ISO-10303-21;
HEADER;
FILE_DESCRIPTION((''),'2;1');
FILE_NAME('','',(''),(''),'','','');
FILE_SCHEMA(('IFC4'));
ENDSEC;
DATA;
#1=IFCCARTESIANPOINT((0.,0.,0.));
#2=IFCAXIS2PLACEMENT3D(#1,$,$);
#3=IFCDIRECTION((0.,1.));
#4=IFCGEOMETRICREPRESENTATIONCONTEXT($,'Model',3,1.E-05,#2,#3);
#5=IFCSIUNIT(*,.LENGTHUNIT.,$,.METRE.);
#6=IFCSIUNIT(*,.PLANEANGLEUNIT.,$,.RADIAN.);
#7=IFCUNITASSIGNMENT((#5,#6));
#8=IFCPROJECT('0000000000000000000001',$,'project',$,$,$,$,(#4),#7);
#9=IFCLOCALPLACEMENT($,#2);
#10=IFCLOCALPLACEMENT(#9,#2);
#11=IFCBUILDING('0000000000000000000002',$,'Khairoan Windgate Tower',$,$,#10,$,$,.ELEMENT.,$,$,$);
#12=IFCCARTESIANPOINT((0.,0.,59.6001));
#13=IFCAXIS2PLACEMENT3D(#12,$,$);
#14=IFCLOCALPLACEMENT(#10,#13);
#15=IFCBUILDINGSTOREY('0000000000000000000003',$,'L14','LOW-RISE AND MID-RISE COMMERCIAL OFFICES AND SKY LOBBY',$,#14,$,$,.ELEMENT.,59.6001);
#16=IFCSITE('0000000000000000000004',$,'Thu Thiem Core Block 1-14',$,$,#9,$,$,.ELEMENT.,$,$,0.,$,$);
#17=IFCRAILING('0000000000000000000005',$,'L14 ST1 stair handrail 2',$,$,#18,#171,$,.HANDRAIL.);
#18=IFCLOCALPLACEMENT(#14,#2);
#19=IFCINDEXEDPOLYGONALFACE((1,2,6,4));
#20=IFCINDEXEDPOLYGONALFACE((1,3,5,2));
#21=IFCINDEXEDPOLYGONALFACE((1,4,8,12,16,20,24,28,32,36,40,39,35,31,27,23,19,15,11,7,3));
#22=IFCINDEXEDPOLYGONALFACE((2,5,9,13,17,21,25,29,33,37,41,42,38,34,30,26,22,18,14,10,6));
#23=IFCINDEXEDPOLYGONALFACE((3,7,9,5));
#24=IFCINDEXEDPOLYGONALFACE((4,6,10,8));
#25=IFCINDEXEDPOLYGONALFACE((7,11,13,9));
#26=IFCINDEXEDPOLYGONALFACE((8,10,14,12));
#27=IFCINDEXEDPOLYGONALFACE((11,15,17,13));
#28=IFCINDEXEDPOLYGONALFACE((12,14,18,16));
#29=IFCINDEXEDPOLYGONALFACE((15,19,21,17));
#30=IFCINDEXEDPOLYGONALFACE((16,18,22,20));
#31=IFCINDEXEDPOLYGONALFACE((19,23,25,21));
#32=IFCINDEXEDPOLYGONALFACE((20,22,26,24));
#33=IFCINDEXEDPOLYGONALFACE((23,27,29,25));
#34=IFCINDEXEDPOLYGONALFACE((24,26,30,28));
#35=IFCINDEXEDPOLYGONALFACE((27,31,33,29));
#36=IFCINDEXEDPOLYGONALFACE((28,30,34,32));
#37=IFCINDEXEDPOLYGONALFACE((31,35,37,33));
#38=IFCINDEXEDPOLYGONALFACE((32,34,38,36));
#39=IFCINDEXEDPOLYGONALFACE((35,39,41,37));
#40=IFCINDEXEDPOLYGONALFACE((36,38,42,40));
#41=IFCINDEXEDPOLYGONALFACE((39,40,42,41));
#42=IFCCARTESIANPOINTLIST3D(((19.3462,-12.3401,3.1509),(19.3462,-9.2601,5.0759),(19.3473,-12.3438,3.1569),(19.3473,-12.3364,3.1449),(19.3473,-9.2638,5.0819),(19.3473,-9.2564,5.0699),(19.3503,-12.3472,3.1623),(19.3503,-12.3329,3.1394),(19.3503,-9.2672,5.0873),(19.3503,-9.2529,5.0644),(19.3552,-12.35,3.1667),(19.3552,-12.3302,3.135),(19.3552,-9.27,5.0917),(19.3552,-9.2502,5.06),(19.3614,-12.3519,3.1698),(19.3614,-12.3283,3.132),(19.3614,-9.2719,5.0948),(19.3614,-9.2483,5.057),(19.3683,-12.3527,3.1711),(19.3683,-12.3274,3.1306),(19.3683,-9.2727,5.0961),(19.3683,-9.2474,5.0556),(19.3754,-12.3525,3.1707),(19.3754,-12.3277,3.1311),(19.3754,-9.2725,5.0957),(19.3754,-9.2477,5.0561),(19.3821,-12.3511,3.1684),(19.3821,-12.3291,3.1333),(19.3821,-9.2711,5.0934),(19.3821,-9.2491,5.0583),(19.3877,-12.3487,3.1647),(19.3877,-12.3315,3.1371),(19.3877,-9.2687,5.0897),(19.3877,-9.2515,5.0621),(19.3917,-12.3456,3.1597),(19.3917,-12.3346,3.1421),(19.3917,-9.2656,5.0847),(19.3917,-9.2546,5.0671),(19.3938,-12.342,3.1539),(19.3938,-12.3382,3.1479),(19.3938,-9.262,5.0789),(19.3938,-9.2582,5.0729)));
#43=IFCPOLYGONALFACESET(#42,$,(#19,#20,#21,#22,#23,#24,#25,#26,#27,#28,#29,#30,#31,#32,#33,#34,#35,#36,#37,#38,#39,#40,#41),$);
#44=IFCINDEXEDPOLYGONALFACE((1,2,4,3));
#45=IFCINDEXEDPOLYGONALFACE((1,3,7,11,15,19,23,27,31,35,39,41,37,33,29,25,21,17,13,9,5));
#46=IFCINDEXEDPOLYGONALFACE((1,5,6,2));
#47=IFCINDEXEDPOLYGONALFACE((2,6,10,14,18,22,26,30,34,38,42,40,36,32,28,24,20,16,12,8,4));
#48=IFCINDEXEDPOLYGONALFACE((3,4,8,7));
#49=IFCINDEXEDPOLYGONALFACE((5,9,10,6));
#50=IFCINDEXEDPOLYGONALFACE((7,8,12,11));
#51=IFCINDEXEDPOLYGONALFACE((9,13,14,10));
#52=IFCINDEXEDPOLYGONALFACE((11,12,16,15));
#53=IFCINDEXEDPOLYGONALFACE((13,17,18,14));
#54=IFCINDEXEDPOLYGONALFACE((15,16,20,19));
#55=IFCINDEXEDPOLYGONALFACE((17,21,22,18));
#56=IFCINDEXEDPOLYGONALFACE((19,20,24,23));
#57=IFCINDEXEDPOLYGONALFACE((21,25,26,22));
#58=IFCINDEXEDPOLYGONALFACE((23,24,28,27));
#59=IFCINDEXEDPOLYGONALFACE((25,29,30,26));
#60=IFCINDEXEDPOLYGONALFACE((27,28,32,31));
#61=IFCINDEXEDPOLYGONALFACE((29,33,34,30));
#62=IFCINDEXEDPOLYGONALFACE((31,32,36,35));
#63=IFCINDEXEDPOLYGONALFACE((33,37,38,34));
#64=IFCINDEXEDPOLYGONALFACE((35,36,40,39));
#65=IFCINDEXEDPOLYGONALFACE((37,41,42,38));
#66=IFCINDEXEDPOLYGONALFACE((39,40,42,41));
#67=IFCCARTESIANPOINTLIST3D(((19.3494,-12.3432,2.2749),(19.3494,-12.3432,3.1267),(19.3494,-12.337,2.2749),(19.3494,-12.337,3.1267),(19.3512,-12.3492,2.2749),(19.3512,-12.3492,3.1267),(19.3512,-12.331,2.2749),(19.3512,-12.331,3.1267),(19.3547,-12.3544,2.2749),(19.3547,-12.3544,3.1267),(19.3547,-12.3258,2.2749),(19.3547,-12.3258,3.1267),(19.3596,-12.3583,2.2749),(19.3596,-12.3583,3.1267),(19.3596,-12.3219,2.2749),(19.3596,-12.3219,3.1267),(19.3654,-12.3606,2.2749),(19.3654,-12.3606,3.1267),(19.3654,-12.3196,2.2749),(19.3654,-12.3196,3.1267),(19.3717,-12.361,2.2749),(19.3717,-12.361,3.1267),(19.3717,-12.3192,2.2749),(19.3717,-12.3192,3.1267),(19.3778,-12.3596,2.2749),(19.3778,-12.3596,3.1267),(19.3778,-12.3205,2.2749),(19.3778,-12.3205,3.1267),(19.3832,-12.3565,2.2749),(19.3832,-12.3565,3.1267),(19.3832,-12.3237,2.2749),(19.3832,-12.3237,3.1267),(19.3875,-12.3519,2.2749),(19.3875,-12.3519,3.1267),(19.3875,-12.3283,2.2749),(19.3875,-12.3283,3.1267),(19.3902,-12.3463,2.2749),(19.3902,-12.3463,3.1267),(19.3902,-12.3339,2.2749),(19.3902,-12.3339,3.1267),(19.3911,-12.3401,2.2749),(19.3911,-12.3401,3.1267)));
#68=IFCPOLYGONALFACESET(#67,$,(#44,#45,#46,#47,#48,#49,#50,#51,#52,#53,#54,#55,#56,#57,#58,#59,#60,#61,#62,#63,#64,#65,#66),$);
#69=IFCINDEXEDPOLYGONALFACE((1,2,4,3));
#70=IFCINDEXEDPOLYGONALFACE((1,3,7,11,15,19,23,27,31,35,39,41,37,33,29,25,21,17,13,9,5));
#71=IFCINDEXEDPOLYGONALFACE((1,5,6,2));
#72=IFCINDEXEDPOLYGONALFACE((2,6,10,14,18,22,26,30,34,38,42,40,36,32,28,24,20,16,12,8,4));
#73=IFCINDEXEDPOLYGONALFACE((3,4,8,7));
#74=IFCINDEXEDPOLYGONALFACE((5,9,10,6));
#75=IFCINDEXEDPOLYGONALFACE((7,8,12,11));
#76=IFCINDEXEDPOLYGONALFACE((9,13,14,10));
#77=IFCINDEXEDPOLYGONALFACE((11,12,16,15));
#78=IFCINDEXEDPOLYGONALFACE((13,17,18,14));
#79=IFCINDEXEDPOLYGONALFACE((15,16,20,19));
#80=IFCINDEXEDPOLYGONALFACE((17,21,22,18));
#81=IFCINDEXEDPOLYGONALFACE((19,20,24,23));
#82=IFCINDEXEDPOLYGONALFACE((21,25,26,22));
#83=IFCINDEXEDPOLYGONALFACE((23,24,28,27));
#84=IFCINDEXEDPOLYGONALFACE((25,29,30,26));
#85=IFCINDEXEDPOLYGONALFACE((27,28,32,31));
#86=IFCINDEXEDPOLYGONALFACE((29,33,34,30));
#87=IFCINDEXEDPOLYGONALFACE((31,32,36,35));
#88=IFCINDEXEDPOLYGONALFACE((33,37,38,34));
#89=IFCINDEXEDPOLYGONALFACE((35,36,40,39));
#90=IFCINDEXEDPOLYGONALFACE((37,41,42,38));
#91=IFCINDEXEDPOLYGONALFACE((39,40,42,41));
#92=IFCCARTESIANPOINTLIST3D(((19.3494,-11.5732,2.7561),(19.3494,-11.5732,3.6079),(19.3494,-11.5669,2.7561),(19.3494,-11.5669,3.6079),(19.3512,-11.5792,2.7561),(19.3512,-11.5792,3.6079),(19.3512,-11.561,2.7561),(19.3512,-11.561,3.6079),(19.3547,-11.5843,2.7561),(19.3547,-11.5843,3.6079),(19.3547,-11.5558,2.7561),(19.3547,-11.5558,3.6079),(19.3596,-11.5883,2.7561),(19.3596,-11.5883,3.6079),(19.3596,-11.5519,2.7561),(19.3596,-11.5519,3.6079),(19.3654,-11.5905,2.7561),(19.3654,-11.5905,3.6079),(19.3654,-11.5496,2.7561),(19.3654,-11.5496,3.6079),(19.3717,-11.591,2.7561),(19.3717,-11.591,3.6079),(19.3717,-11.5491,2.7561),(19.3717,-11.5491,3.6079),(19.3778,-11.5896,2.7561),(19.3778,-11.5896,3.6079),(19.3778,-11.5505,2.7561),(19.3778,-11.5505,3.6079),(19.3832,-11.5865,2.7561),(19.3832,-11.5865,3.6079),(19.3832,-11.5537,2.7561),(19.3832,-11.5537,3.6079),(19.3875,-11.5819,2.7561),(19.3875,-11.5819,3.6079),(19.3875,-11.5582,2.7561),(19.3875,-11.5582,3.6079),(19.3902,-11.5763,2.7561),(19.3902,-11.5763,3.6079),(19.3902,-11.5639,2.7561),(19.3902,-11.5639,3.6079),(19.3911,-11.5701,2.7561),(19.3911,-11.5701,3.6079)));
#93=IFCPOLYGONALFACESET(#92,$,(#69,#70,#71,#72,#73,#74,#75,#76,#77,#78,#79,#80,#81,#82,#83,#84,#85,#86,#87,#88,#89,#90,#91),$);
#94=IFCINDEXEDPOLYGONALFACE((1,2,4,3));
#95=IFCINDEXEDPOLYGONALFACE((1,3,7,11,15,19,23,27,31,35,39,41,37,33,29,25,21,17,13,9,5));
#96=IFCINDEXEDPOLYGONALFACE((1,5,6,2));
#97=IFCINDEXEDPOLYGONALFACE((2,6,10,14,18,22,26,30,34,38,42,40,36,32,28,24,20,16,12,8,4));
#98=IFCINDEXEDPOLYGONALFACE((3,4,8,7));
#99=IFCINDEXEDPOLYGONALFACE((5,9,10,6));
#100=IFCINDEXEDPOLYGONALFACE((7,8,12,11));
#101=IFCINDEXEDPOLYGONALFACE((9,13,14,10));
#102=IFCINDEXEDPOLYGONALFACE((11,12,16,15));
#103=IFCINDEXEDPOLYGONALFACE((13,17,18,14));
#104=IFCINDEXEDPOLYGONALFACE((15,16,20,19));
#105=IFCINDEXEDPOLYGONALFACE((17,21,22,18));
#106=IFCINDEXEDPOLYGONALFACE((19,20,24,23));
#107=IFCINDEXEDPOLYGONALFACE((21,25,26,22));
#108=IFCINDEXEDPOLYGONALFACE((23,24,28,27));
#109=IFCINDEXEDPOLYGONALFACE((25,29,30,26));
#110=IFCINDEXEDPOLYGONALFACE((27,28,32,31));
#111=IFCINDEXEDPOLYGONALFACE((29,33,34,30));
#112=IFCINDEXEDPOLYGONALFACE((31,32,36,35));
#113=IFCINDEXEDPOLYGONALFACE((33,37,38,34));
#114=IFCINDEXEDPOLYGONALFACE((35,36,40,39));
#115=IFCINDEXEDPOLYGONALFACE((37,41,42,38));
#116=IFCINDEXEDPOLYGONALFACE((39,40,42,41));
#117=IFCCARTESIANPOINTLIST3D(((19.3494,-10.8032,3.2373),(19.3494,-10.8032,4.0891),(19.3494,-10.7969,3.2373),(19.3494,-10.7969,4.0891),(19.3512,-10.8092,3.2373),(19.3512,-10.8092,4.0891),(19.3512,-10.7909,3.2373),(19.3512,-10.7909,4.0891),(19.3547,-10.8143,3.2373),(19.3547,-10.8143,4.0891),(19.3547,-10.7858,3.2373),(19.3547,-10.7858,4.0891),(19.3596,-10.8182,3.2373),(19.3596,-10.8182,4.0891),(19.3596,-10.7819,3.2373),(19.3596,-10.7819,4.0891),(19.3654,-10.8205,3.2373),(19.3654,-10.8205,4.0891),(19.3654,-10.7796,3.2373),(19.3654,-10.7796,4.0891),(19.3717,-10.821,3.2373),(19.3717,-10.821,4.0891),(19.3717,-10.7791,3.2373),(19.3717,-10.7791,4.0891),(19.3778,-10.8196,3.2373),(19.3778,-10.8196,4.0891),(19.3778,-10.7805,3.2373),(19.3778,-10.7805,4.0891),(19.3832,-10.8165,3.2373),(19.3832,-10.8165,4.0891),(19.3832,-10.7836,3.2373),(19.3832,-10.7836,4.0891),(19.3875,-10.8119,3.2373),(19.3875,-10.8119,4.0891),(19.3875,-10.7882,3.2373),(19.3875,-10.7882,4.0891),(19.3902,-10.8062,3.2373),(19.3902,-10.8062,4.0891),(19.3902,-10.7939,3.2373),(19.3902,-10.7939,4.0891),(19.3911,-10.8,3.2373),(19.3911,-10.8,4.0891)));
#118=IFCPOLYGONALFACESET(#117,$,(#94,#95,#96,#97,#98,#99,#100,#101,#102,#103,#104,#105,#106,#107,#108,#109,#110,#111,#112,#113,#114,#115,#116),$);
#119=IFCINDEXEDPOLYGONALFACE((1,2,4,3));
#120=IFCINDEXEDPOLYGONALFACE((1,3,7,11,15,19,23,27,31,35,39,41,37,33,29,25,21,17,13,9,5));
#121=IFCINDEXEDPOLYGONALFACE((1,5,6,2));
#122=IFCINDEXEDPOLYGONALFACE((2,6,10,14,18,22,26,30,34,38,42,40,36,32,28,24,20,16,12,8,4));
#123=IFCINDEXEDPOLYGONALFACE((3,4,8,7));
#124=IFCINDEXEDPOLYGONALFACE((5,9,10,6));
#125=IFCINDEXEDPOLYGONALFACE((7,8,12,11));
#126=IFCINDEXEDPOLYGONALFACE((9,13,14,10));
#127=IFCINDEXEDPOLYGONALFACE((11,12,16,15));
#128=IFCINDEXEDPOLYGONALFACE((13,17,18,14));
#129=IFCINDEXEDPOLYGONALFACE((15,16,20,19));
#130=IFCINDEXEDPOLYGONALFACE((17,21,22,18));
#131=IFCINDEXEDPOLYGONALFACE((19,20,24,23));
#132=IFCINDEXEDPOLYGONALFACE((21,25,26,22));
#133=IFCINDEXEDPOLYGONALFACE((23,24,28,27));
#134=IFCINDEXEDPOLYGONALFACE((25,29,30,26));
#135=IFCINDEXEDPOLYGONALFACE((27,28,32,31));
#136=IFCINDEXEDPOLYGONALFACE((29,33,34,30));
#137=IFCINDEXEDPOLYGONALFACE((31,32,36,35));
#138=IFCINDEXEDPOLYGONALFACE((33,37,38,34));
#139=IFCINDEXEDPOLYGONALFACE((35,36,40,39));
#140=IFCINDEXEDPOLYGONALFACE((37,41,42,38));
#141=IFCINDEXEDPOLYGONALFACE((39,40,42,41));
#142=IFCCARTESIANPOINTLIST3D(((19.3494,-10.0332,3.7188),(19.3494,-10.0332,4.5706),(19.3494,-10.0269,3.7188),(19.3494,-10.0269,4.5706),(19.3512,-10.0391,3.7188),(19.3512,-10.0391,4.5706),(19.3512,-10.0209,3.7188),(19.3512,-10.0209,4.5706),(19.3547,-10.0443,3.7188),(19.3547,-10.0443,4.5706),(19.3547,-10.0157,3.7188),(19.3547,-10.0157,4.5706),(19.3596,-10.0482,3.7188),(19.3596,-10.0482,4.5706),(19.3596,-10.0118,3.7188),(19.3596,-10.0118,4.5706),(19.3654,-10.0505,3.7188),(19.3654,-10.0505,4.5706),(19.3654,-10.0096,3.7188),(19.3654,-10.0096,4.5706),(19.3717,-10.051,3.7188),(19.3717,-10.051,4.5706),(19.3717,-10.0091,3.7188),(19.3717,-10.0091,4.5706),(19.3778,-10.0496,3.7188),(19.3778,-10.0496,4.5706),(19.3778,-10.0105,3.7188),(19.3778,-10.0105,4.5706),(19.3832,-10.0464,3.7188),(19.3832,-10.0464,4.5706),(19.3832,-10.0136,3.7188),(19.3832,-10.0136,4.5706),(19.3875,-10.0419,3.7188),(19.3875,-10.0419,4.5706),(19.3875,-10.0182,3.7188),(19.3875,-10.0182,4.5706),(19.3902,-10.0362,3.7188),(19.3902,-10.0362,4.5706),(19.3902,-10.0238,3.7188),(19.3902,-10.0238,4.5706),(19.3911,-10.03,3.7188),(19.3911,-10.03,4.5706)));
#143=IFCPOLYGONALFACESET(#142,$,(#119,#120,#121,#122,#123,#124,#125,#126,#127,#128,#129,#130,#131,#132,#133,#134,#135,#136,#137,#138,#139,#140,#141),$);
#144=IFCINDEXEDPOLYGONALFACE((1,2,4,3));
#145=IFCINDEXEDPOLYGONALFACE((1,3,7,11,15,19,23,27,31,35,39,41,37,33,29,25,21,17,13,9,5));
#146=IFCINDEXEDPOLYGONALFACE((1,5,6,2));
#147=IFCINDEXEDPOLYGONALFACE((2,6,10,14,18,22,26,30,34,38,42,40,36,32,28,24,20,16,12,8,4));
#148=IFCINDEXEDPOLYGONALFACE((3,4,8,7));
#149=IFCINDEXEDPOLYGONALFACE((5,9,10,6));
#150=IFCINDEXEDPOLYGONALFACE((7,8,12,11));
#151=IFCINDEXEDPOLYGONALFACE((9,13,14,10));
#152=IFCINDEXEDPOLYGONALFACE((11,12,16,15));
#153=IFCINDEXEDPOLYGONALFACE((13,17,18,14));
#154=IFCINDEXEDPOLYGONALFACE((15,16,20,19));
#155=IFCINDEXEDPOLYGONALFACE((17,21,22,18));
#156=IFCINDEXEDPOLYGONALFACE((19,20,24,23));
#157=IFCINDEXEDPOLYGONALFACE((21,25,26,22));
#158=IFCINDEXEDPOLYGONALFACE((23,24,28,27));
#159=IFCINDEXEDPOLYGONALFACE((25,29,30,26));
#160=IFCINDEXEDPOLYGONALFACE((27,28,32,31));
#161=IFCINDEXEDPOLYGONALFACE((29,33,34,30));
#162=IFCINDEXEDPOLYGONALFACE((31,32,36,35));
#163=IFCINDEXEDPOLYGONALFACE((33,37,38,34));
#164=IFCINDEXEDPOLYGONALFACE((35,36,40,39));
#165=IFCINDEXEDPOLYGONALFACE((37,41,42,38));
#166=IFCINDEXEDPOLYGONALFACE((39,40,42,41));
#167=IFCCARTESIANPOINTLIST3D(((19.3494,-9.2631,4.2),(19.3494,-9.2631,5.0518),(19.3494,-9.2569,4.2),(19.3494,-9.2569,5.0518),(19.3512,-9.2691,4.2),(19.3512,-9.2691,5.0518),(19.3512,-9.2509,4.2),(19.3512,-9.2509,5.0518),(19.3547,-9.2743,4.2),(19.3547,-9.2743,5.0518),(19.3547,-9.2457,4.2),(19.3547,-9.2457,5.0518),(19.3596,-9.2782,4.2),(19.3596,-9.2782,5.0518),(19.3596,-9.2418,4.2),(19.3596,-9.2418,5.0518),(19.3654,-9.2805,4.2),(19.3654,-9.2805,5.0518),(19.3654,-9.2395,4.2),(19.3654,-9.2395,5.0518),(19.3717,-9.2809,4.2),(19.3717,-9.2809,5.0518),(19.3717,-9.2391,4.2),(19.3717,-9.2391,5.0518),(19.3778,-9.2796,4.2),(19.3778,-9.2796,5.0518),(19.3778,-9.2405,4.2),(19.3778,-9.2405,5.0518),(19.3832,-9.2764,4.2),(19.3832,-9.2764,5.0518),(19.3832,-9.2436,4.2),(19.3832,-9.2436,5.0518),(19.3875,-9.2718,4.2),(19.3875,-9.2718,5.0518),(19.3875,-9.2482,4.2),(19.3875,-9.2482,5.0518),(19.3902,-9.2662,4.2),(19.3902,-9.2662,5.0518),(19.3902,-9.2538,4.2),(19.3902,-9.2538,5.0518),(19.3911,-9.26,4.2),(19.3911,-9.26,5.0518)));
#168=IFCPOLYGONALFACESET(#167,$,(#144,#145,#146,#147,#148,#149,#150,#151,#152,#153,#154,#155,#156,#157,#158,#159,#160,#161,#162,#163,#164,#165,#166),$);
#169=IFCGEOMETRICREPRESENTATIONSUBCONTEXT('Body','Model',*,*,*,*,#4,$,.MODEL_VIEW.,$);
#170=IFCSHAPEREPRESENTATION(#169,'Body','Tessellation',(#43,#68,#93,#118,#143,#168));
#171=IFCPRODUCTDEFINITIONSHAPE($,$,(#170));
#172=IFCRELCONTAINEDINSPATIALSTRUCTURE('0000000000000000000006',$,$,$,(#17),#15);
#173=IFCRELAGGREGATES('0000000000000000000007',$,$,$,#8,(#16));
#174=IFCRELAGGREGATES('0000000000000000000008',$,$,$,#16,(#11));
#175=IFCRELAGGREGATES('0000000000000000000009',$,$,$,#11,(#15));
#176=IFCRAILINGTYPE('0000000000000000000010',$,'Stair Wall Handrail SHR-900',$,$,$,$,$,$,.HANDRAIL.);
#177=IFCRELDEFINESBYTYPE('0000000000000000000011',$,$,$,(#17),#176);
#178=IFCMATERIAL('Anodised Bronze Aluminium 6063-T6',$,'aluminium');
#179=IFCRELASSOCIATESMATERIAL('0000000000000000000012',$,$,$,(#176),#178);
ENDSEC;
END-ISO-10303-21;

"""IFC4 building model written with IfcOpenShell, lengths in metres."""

from ifc_helpers import new_model, si_unit, direction, frame, origin, origin_2d, place, context, subcontext, project, spatial, circle, extrude, material, type_object, element, save


model = new_model("IFC4")

# Units and contexts
model_context = context("Model", 3, precision=1e-05, world=origin(), true_north=direction((0.0, 1.0)))
body_context = subcontext(model_context, "Body", "Model", "MODEL_VIEW")
ifc_project = project(units=[si_unit("LENGTHUNIT", "METRE"), si_unit("PLANEANGLEUNIT", "RADIAN")], contexts=[model_context])

# Site, building, storey
site_placement = place(None, origin())
site = spatial("IfcSite", under=ifc_project, at=site_placement, Name="Thu Thiem Core Block 1-14", CompositionType="ELEMENT", RefElevation=0.0)
building_placement = place(site_placement, origin())
building = spatial("IfcBuilding", under=site, at=building_placement, Name="Khairoan Windgate Tower", CompositionType="ELEMENT")
storey_placement = place(building_placement, frame((0.0, 0.0, 59.6001)))
storey = spatial("IfcBuildingStorey", under=building, at=storey_placement, Name="L14", Description="LOW-RISE AND MID-RISE COMMERCIAL OFFICES AND SKY LOBBY", CompositionType="ELEMENT", Elevation=59.6001)

# Railing
ifc_material_1 = material(Name="Anodised Bronze Aluminium 6063-T6", Category="aluminium")
railing_type_1 = type_object("IfcRailingType", Name="Stair Wall Handrail SHR-900", PredefinedType="HANDRAIL", material=ifc_material_1)
railing_1_placement = place(storey_placement, frame((19.3701, -12.3401, 2.2749)))
element("IfcRailing", 1, at=railing_1_placement, inside=storey, type_object=railing_type_1, Name="L14 ST1 stair handrail 2", PredefinedType="HANDRAIL", context=body_context, shape_type="SweptSolid", body=[
    extrude(circle(Radius=0.0239, at=origin_2d()), frame((0.0, 0.0, 0.876), z_axis=(0.0, 0.847998, 0.529999), x_axis=(-1.0, 0.0, 0.0)), (0.0, 0.0, 1.0), 3.6321),
    extrude(circle(Radius=0.021, at=origin_2d()), origin(), (0.0, 0.0, 1.0), 0.8518),
    extrude(circle(Radius=0.021, at=origin_2d()), frame((0.0, 0.77, 0.4812)), (0.0, 0.0, 1.0), 0.8518),
    extrude(circle(Radius=0.021, at=origin_2d()), frame((0.0, 1.54, 0.9624)), (0.0, 0.0, 1.0), 0.8518),
    extrude(circle(Radius=0.021, at=origin_2d()), frame((0.0, 2.3101, 1.4438)), (0.0, 0.0, 1.0), 0.8518),
    extrude(circle(Radius=0.021, at=origin_2d()), frame((0.0, 3.0801, 1.925)), (0.0, 0.0, 1.0), 0.8518),
])

save(model, "model.ifc")
